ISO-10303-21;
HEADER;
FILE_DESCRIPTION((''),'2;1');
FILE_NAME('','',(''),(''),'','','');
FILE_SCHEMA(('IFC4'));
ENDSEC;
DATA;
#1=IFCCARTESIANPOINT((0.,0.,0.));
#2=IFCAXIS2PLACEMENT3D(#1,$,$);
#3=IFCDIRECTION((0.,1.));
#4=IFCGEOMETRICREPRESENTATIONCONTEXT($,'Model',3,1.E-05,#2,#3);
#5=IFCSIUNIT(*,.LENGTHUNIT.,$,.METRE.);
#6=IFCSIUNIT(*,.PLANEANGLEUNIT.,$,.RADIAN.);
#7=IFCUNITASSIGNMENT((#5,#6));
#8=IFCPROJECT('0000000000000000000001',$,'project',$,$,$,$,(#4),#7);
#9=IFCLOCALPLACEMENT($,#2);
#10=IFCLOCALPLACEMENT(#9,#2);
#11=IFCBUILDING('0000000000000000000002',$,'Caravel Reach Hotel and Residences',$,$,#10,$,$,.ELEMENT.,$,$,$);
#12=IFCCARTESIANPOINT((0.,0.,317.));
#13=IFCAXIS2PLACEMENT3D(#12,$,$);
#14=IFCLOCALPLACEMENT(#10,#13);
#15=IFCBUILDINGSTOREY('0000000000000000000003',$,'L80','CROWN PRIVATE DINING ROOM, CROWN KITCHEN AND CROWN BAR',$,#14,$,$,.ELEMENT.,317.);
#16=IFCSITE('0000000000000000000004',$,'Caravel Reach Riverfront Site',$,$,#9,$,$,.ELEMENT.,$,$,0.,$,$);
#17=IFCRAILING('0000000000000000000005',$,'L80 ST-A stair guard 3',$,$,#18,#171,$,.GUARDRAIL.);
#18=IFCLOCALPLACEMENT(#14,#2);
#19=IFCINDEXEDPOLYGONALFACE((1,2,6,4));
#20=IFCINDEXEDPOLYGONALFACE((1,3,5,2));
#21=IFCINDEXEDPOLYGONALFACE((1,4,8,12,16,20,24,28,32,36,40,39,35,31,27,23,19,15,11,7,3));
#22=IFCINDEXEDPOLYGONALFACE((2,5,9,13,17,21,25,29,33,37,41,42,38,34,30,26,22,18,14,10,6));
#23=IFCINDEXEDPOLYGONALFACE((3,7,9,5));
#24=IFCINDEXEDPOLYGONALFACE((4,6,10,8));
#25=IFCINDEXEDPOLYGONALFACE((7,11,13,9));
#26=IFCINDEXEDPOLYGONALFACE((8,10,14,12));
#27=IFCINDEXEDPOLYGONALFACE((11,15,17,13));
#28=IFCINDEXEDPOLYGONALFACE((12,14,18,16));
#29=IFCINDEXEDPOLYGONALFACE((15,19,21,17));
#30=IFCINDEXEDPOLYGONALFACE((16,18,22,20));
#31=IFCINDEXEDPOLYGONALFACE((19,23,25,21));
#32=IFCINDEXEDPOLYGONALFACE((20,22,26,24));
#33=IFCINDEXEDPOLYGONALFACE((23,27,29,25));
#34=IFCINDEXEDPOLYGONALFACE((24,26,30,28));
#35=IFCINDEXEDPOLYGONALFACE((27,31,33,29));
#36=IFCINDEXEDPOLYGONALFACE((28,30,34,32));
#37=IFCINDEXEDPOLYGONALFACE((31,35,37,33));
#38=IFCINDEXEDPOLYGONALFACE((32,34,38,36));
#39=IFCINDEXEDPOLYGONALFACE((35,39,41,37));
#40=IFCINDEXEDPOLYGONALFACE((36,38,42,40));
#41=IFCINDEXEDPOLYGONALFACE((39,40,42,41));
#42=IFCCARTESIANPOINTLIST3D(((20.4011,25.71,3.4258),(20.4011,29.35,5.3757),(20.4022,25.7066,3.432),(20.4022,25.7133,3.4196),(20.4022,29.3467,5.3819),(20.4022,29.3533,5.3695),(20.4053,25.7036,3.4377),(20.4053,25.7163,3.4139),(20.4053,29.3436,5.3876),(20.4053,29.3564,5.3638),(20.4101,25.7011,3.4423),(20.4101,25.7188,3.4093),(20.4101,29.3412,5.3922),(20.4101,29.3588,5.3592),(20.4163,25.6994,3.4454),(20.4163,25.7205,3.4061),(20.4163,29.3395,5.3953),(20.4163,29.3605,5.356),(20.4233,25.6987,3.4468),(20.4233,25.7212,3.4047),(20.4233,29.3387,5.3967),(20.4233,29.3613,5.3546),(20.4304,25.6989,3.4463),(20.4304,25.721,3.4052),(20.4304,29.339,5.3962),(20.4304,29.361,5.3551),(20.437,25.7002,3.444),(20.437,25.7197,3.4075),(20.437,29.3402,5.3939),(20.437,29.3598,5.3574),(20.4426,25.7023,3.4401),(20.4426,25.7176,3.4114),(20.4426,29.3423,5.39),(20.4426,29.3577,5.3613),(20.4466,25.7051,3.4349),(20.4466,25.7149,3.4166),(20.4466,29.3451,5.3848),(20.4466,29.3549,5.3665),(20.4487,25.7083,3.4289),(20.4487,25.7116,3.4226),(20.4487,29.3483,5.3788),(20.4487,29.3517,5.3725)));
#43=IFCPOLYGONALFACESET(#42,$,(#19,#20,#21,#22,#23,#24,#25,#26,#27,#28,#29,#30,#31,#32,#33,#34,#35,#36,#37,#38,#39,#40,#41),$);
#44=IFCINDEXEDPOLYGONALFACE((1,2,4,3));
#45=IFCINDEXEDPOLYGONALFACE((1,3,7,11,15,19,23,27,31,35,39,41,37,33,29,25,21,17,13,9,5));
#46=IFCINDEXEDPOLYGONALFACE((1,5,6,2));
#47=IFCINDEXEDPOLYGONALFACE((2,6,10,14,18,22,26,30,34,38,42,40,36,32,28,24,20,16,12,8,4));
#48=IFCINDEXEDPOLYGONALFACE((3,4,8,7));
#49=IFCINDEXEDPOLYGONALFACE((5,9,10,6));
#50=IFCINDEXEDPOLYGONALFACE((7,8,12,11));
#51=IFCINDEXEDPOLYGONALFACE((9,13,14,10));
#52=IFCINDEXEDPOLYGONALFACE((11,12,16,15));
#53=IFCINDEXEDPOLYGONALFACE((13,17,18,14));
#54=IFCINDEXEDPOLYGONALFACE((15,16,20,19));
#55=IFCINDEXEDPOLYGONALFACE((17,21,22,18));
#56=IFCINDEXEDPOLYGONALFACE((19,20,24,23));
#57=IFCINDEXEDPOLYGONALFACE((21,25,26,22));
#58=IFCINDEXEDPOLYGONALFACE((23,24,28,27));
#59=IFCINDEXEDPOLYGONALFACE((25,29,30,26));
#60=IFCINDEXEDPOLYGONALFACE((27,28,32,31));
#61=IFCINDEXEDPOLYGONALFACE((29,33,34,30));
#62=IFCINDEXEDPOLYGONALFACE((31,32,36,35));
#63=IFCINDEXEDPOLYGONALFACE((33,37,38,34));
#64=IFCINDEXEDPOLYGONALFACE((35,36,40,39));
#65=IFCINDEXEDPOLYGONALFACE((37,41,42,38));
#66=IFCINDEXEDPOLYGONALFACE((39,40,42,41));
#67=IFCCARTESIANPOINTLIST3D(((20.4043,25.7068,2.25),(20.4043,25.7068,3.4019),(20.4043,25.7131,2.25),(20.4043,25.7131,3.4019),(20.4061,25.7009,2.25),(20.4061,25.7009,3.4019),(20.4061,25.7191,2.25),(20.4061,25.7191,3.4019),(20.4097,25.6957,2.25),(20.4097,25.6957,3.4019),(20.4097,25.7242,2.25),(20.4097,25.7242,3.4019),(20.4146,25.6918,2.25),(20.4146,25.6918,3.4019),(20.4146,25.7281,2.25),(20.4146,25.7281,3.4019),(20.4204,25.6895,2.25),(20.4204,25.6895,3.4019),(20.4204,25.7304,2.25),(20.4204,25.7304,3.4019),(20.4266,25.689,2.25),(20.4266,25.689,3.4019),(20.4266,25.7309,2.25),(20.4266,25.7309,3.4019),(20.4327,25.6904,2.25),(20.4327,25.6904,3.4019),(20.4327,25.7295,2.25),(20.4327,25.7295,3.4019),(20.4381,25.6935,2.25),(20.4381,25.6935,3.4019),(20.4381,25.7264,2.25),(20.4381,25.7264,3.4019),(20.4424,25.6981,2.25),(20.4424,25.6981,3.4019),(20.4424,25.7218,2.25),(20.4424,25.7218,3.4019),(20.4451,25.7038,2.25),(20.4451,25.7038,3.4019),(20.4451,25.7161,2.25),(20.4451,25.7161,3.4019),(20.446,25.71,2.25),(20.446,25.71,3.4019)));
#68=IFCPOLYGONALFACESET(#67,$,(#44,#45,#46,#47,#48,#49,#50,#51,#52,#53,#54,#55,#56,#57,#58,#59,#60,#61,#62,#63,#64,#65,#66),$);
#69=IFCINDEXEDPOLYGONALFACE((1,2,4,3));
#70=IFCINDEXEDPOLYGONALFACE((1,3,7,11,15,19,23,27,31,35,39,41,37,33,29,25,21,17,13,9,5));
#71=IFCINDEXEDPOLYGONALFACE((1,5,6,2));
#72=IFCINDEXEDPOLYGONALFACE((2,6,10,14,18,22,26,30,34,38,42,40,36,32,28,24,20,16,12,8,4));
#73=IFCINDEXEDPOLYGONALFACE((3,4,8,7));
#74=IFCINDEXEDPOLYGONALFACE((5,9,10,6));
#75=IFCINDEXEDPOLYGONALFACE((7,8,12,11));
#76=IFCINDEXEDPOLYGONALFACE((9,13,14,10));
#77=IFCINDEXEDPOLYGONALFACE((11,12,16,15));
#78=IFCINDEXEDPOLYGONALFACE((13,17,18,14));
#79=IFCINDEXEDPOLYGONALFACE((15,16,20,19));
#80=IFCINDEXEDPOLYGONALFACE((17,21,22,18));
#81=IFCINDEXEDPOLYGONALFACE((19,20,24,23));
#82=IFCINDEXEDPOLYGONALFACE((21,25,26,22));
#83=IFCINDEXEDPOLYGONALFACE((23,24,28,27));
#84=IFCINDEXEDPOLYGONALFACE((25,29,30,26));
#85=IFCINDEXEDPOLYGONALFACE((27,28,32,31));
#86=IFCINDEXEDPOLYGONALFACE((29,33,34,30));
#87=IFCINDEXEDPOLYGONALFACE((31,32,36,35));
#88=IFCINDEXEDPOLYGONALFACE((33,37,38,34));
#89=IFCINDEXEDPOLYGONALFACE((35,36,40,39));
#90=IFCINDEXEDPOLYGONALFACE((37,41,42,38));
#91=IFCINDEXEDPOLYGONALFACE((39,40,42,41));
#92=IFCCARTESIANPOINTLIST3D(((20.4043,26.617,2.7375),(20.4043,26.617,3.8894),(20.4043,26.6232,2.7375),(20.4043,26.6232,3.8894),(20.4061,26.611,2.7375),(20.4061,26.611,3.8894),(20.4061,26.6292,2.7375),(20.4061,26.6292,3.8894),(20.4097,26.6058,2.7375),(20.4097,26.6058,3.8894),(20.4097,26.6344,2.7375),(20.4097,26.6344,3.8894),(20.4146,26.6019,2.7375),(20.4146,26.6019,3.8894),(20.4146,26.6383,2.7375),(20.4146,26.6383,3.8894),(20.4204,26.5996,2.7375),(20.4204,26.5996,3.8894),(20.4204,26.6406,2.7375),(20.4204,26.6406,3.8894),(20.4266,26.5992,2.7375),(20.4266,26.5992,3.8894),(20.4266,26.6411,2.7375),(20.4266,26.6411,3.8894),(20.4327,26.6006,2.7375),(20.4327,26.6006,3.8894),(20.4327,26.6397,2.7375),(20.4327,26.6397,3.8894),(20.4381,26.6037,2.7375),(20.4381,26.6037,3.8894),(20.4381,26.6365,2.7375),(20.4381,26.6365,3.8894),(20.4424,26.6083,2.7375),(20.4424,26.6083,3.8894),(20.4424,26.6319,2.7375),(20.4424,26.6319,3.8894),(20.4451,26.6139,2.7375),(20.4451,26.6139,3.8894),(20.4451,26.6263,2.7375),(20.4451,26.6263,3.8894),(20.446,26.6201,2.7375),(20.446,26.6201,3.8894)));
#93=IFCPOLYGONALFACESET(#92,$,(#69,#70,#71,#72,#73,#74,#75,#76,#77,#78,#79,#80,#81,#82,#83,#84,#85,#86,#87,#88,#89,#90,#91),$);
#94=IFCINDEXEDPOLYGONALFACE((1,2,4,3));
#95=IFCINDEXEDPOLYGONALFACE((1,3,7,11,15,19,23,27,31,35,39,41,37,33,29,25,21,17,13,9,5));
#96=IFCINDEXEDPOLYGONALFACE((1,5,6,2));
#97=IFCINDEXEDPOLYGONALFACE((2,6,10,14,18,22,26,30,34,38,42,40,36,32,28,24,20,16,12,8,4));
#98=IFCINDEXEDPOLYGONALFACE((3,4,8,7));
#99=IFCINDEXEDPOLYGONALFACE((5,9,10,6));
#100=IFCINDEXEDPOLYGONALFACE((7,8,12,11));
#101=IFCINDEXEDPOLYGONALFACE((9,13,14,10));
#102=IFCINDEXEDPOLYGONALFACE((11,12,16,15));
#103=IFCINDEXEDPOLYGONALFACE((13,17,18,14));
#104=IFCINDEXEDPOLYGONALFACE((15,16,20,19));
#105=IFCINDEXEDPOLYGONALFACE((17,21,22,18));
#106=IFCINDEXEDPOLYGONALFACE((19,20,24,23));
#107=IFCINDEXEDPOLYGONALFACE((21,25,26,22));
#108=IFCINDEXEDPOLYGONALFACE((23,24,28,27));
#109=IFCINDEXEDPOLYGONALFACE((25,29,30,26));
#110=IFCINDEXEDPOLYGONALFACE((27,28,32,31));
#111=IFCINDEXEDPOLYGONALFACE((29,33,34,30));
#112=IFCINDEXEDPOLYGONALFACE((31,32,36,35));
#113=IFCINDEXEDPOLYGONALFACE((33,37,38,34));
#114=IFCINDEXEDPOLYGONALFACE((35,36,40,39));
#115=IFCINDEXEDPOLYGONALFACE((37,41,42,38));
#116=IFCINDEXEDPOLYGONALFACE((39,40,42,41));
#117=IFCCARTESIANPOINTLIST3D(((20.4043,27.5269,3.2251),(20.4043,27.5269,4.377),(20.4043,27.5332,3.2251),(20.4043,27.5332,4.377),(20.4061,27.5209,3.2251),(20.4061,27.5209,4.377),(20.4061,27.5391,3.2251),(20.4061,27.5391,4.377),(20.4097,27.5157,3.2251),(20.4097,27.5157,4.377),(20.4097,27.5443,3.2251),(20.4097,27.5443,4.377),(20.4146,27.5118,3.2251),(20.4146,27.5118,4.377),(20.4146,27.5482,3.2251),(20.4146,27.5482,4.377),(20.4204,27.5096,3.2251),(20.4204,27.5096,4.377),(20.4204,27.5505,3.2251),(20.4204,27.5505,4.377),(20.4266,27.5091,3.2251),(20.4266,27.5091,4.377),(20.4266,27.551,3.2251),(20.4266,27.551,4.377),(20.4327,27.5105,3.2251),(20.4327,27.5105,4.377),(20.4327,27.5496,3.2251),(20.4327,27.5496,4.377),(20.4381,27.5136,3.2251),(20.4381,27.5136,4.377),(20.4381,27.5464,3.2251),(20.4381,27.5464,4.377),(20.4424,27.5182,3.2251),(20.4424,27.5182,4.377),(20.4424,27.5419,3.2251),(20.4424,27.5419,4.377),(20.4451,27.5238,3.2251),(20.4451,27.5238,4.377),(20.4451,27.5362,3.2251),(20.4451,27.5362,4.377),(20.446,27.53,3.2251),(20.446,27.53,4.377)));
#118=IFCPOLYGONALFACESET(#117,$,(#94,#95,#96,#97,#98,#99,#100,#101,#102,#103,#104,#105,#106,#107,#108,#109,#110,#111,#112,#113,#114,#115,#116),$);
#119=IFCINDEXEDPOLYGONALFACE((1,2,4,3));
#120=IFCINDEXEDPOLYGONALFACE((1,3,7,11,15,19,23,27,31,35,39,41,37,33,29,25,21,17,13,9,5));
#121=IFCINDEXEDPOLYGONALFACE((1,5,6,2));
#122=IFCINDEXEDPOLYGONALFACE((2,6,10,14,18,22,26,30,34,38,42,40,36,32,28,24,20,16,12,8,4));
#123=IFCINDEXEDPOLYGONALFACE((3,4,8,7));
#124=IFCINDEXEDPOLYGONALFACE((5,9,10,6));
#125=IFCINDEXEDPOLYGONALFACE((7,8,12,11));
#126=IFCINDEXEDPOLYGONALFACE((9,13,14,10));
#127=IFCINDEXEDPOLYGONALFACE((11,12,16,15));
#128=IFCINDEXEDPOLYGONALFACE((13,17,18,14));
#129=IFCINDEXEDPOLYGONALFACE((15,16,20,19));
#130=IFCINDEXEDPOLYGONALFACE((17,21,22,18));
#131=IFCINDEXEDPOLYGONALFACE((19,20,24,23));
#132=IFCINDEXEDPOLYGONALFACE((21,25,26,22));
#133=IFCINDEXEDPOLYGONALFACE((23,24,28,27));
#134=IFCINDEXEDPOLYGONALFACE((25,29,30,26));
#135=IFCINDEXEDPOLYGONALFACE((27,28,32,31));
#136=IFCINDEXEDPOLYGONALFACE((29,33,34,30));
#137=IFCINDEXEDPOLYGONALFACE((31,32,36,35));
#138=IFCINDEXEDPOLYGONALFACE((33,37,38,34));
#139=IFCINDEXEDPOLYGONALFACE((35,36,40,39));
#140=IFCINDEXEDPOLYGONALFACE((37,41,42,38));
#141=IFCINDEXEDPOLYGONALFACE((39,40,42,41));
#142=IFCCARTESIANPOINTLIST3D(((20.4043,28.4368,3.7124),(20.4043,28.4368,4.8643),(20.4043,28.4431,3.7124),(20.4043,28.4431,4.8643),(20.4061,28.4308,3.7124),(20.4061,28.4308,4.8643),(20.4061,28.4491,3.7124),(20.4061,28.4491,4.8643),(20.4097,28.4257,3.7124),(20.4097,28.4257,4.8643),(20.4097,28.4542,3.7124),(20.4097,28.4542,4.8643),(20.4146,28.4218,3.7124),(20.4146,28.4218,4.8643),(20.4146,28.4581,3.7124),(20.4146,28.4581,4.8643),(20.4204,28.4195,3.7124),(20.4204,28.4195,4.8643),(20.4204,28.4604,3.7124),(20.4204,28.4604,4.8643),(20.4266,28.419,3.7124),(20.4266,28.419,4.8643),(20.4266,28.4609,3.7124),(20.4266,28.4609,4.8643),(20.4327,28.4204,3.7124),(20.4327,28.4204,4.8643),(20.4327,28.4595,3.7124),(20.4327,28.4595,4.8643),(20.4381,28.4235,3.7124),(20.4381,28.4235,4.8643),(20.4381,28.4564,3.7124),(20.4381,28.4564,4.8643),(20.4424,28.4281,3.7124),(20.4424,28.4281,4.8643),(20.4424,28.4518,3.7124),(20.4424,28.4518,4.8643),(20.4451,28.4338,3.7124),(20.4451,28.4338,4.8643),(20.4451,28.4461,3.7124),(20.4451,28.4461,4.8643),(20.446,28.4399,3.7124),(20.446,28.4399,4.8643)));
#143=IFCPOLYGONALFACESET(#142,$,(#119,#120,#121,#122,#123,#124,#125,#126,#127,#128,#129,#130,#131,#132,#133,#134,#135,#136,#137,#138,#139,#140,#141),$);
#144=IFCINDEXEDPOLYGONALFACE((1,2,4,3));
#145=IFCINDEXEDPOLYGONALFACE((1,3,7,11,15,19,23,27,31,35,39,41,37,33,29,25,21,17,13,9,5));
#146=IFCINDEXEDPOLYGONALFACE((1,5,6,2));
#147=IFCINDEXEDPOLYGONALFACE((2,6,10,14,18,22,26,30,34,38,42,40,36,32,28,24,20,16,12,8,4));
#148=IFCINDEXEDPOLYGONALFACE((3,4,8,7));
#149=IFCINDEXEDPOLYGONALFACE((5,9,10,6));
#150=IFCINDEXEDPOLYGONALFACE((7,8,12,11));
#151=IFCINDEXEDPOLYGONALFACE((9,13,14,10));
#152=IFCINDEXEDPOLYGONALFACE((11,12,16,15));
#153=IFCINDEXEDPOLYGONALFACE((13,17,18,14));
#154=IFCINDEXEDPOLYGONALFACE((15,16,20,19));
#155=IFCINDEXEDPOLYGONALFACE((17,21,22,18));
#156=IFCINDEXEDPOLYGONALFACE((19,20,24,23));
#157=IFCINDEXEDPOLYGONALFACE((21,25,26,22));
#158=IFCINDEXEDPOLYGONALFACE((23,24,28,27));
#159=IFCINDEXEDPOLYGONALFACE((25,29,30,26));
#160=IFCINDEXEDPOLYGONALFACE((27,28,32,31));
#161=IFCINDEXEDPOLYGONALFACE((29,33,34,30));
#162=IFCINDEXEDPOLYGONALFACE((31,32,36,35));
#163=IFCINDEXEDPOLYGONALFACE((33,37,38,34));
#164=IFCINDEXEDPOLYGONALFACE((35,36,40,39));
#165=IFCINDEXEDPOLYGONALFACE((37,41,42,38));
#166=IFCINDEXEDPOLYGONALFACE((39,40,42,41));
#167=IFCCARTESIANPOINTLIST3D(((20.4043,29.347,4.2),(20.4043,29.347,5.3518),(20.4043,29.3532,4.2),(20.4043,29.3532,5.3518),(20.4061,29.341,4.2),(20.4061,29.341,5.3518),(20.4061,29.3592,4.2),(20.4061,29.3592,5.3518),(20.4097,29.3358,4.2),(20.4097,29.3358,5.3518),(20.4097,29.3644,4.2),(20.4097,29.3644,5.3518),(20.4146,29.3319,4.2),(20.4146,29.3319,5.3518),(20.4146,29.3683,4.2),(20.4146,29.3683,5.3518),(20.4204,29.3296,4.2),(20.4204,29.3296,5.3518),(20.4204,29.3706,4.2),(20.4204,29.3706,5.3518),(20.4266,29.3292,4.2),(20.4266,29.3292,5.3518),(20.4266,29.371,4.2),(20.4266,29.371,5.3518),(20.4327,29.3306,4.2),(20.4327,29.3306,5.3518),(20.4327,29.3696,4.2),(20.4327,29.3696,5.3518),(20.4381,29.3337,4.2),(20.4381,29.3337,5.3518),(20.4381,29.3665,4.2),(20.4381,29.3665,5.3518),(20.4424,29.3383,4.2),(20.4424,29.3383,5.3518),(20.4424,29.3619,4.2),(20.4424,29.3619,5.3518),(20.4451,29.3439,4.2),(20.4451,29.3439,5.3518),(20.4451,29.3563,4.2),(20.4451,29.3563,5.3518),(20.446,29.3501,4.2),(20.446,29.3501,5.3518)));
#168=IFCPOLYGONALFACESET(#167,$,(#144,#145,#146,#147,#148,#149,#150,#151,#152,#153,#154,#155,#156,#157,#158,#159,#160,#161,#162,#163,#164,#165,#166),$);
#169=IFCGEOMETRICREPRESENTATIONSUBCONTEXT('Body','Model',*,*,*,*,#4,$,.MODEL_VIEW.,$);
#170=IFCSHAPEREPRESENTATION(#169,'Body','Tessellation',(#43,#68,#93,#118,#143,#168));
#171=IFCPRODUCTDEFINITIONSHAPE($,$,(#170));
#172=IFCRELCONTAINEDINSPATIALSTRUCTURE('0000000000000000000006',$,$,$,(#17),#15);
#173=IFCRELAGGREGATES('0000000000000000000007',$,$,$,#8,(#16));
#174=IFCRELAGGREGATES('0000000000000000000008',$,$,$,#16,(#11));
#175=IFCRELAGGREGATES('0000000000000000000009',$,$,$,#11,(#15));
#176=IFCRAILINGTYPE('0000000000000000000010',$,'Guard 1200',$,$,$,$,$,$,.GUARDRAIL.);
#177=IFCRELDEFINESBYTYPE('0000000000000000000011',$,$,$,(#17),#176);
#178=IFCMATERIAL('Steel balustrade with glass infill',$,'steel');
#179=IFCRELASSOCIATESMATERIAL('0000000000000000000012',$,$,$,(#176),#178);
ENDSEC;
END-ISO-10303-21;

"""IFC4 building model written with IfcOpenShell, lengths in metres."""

from ifc_helpers import new_model, si_unit, direction, frame, origin, origin_2d, place, context, subcontext, project, spatial, circle, extrude, material, type_object, element, save


model = new_model("IFC4")

# Units and contexts
model_context = context("Model", 3, precision=1e-05, world=origin(), true_north=direction((0.0, 1.0)))
body_context = subcontext(model_context, "Body", "Model", "MODEL_VIEW")
ifc_project = project(units=[si_unit("LENGTHUNIT", "METRE"), si_unit("PLANEANGLEUNIT", "RADIAN")], contexts=[model_context])

# Site, building, storey
site_placement = place(None, origin())
site = spatial("IfcSite", under=ifc_project, at=site_placement, Name="Caravel Reach Riverfront Site", CompositionType="ELEMENT", RefElevation=0.0)
building_placement = place(site_placement, origin())
building = spatial("IfcBuilding", under=site, at=building_placement, Name="Caravel Reach Hotel and Residences", CompositionType="ELEMENT")
storey_placement = place(building_placement, frame((0.0, 0.0, 317.0)))
storey = spatial("IfcBuildingStorey", under=building, at=storey_placement, Name="L80", Description="CROWN PRIVATE DINING ROOM, CROWN KITCHEN AND CROWN BAR", CompositionType="ELEMENT", Elevation=317.0)

# Railing
ifc_material_1 = material(Name="Steel balustrade with glass infill", Category="steel")
railing_type_1 = type_object("IfcRailingType", Name="Guard 1200", PredefinedType="GUARDRAIL", material=ifc_material_1)
railing_1_placement = place(storey_placement, frame((20.425, 25.71, 2.25)))
element("IfcRailing", 1, at=railing_1_placement, inside=storey, type_object=railing_type_1, Name="L80 ST-A stair guard 3", PredefinedType="GUARDRAIL", context=body_context, shape_type="SweptSolid", body=[
    extrude(circle(Radius=0.0239, at=origin_2d()), frame((0.0, 0.0, 1.1758), z_axis=(0.0, 0.881492, 0.472198), x_axis=(-1.0, 0.0, 0.0)), (0.0, 0.0, 1.0), 4.1294),
    extrude(circle(Radius=0.021, at=origin_2d()), origin(), (0.0, 0.0, 1.0), 1.1519),
    extrude(circle(Radius=0.021, at=origin_2d()), frame((0.0, 0.9102, 0.4875)), (0.0, 0.0, 1.0), 1.1519),
    extrude(circle(Radius=0.021, at=origin_2d()), frame((0.0, 1.8201, 0.9751)), (0.0, 0.0, 1.0), 1.1519),
    extrude(circle(Radius=0.021, at=origin_2d()), frame((0.0, 2.73, 1.4624)), (0.0, 0.0, 1.0), 1.1519),
    extrude(circle(Radius=0.021, at=origin_2d()), frame((0.0, 3.6401, 1.95)), (0.0, 0.0, 1.0), 1.1519),
])

save(model, "model.ifc")
